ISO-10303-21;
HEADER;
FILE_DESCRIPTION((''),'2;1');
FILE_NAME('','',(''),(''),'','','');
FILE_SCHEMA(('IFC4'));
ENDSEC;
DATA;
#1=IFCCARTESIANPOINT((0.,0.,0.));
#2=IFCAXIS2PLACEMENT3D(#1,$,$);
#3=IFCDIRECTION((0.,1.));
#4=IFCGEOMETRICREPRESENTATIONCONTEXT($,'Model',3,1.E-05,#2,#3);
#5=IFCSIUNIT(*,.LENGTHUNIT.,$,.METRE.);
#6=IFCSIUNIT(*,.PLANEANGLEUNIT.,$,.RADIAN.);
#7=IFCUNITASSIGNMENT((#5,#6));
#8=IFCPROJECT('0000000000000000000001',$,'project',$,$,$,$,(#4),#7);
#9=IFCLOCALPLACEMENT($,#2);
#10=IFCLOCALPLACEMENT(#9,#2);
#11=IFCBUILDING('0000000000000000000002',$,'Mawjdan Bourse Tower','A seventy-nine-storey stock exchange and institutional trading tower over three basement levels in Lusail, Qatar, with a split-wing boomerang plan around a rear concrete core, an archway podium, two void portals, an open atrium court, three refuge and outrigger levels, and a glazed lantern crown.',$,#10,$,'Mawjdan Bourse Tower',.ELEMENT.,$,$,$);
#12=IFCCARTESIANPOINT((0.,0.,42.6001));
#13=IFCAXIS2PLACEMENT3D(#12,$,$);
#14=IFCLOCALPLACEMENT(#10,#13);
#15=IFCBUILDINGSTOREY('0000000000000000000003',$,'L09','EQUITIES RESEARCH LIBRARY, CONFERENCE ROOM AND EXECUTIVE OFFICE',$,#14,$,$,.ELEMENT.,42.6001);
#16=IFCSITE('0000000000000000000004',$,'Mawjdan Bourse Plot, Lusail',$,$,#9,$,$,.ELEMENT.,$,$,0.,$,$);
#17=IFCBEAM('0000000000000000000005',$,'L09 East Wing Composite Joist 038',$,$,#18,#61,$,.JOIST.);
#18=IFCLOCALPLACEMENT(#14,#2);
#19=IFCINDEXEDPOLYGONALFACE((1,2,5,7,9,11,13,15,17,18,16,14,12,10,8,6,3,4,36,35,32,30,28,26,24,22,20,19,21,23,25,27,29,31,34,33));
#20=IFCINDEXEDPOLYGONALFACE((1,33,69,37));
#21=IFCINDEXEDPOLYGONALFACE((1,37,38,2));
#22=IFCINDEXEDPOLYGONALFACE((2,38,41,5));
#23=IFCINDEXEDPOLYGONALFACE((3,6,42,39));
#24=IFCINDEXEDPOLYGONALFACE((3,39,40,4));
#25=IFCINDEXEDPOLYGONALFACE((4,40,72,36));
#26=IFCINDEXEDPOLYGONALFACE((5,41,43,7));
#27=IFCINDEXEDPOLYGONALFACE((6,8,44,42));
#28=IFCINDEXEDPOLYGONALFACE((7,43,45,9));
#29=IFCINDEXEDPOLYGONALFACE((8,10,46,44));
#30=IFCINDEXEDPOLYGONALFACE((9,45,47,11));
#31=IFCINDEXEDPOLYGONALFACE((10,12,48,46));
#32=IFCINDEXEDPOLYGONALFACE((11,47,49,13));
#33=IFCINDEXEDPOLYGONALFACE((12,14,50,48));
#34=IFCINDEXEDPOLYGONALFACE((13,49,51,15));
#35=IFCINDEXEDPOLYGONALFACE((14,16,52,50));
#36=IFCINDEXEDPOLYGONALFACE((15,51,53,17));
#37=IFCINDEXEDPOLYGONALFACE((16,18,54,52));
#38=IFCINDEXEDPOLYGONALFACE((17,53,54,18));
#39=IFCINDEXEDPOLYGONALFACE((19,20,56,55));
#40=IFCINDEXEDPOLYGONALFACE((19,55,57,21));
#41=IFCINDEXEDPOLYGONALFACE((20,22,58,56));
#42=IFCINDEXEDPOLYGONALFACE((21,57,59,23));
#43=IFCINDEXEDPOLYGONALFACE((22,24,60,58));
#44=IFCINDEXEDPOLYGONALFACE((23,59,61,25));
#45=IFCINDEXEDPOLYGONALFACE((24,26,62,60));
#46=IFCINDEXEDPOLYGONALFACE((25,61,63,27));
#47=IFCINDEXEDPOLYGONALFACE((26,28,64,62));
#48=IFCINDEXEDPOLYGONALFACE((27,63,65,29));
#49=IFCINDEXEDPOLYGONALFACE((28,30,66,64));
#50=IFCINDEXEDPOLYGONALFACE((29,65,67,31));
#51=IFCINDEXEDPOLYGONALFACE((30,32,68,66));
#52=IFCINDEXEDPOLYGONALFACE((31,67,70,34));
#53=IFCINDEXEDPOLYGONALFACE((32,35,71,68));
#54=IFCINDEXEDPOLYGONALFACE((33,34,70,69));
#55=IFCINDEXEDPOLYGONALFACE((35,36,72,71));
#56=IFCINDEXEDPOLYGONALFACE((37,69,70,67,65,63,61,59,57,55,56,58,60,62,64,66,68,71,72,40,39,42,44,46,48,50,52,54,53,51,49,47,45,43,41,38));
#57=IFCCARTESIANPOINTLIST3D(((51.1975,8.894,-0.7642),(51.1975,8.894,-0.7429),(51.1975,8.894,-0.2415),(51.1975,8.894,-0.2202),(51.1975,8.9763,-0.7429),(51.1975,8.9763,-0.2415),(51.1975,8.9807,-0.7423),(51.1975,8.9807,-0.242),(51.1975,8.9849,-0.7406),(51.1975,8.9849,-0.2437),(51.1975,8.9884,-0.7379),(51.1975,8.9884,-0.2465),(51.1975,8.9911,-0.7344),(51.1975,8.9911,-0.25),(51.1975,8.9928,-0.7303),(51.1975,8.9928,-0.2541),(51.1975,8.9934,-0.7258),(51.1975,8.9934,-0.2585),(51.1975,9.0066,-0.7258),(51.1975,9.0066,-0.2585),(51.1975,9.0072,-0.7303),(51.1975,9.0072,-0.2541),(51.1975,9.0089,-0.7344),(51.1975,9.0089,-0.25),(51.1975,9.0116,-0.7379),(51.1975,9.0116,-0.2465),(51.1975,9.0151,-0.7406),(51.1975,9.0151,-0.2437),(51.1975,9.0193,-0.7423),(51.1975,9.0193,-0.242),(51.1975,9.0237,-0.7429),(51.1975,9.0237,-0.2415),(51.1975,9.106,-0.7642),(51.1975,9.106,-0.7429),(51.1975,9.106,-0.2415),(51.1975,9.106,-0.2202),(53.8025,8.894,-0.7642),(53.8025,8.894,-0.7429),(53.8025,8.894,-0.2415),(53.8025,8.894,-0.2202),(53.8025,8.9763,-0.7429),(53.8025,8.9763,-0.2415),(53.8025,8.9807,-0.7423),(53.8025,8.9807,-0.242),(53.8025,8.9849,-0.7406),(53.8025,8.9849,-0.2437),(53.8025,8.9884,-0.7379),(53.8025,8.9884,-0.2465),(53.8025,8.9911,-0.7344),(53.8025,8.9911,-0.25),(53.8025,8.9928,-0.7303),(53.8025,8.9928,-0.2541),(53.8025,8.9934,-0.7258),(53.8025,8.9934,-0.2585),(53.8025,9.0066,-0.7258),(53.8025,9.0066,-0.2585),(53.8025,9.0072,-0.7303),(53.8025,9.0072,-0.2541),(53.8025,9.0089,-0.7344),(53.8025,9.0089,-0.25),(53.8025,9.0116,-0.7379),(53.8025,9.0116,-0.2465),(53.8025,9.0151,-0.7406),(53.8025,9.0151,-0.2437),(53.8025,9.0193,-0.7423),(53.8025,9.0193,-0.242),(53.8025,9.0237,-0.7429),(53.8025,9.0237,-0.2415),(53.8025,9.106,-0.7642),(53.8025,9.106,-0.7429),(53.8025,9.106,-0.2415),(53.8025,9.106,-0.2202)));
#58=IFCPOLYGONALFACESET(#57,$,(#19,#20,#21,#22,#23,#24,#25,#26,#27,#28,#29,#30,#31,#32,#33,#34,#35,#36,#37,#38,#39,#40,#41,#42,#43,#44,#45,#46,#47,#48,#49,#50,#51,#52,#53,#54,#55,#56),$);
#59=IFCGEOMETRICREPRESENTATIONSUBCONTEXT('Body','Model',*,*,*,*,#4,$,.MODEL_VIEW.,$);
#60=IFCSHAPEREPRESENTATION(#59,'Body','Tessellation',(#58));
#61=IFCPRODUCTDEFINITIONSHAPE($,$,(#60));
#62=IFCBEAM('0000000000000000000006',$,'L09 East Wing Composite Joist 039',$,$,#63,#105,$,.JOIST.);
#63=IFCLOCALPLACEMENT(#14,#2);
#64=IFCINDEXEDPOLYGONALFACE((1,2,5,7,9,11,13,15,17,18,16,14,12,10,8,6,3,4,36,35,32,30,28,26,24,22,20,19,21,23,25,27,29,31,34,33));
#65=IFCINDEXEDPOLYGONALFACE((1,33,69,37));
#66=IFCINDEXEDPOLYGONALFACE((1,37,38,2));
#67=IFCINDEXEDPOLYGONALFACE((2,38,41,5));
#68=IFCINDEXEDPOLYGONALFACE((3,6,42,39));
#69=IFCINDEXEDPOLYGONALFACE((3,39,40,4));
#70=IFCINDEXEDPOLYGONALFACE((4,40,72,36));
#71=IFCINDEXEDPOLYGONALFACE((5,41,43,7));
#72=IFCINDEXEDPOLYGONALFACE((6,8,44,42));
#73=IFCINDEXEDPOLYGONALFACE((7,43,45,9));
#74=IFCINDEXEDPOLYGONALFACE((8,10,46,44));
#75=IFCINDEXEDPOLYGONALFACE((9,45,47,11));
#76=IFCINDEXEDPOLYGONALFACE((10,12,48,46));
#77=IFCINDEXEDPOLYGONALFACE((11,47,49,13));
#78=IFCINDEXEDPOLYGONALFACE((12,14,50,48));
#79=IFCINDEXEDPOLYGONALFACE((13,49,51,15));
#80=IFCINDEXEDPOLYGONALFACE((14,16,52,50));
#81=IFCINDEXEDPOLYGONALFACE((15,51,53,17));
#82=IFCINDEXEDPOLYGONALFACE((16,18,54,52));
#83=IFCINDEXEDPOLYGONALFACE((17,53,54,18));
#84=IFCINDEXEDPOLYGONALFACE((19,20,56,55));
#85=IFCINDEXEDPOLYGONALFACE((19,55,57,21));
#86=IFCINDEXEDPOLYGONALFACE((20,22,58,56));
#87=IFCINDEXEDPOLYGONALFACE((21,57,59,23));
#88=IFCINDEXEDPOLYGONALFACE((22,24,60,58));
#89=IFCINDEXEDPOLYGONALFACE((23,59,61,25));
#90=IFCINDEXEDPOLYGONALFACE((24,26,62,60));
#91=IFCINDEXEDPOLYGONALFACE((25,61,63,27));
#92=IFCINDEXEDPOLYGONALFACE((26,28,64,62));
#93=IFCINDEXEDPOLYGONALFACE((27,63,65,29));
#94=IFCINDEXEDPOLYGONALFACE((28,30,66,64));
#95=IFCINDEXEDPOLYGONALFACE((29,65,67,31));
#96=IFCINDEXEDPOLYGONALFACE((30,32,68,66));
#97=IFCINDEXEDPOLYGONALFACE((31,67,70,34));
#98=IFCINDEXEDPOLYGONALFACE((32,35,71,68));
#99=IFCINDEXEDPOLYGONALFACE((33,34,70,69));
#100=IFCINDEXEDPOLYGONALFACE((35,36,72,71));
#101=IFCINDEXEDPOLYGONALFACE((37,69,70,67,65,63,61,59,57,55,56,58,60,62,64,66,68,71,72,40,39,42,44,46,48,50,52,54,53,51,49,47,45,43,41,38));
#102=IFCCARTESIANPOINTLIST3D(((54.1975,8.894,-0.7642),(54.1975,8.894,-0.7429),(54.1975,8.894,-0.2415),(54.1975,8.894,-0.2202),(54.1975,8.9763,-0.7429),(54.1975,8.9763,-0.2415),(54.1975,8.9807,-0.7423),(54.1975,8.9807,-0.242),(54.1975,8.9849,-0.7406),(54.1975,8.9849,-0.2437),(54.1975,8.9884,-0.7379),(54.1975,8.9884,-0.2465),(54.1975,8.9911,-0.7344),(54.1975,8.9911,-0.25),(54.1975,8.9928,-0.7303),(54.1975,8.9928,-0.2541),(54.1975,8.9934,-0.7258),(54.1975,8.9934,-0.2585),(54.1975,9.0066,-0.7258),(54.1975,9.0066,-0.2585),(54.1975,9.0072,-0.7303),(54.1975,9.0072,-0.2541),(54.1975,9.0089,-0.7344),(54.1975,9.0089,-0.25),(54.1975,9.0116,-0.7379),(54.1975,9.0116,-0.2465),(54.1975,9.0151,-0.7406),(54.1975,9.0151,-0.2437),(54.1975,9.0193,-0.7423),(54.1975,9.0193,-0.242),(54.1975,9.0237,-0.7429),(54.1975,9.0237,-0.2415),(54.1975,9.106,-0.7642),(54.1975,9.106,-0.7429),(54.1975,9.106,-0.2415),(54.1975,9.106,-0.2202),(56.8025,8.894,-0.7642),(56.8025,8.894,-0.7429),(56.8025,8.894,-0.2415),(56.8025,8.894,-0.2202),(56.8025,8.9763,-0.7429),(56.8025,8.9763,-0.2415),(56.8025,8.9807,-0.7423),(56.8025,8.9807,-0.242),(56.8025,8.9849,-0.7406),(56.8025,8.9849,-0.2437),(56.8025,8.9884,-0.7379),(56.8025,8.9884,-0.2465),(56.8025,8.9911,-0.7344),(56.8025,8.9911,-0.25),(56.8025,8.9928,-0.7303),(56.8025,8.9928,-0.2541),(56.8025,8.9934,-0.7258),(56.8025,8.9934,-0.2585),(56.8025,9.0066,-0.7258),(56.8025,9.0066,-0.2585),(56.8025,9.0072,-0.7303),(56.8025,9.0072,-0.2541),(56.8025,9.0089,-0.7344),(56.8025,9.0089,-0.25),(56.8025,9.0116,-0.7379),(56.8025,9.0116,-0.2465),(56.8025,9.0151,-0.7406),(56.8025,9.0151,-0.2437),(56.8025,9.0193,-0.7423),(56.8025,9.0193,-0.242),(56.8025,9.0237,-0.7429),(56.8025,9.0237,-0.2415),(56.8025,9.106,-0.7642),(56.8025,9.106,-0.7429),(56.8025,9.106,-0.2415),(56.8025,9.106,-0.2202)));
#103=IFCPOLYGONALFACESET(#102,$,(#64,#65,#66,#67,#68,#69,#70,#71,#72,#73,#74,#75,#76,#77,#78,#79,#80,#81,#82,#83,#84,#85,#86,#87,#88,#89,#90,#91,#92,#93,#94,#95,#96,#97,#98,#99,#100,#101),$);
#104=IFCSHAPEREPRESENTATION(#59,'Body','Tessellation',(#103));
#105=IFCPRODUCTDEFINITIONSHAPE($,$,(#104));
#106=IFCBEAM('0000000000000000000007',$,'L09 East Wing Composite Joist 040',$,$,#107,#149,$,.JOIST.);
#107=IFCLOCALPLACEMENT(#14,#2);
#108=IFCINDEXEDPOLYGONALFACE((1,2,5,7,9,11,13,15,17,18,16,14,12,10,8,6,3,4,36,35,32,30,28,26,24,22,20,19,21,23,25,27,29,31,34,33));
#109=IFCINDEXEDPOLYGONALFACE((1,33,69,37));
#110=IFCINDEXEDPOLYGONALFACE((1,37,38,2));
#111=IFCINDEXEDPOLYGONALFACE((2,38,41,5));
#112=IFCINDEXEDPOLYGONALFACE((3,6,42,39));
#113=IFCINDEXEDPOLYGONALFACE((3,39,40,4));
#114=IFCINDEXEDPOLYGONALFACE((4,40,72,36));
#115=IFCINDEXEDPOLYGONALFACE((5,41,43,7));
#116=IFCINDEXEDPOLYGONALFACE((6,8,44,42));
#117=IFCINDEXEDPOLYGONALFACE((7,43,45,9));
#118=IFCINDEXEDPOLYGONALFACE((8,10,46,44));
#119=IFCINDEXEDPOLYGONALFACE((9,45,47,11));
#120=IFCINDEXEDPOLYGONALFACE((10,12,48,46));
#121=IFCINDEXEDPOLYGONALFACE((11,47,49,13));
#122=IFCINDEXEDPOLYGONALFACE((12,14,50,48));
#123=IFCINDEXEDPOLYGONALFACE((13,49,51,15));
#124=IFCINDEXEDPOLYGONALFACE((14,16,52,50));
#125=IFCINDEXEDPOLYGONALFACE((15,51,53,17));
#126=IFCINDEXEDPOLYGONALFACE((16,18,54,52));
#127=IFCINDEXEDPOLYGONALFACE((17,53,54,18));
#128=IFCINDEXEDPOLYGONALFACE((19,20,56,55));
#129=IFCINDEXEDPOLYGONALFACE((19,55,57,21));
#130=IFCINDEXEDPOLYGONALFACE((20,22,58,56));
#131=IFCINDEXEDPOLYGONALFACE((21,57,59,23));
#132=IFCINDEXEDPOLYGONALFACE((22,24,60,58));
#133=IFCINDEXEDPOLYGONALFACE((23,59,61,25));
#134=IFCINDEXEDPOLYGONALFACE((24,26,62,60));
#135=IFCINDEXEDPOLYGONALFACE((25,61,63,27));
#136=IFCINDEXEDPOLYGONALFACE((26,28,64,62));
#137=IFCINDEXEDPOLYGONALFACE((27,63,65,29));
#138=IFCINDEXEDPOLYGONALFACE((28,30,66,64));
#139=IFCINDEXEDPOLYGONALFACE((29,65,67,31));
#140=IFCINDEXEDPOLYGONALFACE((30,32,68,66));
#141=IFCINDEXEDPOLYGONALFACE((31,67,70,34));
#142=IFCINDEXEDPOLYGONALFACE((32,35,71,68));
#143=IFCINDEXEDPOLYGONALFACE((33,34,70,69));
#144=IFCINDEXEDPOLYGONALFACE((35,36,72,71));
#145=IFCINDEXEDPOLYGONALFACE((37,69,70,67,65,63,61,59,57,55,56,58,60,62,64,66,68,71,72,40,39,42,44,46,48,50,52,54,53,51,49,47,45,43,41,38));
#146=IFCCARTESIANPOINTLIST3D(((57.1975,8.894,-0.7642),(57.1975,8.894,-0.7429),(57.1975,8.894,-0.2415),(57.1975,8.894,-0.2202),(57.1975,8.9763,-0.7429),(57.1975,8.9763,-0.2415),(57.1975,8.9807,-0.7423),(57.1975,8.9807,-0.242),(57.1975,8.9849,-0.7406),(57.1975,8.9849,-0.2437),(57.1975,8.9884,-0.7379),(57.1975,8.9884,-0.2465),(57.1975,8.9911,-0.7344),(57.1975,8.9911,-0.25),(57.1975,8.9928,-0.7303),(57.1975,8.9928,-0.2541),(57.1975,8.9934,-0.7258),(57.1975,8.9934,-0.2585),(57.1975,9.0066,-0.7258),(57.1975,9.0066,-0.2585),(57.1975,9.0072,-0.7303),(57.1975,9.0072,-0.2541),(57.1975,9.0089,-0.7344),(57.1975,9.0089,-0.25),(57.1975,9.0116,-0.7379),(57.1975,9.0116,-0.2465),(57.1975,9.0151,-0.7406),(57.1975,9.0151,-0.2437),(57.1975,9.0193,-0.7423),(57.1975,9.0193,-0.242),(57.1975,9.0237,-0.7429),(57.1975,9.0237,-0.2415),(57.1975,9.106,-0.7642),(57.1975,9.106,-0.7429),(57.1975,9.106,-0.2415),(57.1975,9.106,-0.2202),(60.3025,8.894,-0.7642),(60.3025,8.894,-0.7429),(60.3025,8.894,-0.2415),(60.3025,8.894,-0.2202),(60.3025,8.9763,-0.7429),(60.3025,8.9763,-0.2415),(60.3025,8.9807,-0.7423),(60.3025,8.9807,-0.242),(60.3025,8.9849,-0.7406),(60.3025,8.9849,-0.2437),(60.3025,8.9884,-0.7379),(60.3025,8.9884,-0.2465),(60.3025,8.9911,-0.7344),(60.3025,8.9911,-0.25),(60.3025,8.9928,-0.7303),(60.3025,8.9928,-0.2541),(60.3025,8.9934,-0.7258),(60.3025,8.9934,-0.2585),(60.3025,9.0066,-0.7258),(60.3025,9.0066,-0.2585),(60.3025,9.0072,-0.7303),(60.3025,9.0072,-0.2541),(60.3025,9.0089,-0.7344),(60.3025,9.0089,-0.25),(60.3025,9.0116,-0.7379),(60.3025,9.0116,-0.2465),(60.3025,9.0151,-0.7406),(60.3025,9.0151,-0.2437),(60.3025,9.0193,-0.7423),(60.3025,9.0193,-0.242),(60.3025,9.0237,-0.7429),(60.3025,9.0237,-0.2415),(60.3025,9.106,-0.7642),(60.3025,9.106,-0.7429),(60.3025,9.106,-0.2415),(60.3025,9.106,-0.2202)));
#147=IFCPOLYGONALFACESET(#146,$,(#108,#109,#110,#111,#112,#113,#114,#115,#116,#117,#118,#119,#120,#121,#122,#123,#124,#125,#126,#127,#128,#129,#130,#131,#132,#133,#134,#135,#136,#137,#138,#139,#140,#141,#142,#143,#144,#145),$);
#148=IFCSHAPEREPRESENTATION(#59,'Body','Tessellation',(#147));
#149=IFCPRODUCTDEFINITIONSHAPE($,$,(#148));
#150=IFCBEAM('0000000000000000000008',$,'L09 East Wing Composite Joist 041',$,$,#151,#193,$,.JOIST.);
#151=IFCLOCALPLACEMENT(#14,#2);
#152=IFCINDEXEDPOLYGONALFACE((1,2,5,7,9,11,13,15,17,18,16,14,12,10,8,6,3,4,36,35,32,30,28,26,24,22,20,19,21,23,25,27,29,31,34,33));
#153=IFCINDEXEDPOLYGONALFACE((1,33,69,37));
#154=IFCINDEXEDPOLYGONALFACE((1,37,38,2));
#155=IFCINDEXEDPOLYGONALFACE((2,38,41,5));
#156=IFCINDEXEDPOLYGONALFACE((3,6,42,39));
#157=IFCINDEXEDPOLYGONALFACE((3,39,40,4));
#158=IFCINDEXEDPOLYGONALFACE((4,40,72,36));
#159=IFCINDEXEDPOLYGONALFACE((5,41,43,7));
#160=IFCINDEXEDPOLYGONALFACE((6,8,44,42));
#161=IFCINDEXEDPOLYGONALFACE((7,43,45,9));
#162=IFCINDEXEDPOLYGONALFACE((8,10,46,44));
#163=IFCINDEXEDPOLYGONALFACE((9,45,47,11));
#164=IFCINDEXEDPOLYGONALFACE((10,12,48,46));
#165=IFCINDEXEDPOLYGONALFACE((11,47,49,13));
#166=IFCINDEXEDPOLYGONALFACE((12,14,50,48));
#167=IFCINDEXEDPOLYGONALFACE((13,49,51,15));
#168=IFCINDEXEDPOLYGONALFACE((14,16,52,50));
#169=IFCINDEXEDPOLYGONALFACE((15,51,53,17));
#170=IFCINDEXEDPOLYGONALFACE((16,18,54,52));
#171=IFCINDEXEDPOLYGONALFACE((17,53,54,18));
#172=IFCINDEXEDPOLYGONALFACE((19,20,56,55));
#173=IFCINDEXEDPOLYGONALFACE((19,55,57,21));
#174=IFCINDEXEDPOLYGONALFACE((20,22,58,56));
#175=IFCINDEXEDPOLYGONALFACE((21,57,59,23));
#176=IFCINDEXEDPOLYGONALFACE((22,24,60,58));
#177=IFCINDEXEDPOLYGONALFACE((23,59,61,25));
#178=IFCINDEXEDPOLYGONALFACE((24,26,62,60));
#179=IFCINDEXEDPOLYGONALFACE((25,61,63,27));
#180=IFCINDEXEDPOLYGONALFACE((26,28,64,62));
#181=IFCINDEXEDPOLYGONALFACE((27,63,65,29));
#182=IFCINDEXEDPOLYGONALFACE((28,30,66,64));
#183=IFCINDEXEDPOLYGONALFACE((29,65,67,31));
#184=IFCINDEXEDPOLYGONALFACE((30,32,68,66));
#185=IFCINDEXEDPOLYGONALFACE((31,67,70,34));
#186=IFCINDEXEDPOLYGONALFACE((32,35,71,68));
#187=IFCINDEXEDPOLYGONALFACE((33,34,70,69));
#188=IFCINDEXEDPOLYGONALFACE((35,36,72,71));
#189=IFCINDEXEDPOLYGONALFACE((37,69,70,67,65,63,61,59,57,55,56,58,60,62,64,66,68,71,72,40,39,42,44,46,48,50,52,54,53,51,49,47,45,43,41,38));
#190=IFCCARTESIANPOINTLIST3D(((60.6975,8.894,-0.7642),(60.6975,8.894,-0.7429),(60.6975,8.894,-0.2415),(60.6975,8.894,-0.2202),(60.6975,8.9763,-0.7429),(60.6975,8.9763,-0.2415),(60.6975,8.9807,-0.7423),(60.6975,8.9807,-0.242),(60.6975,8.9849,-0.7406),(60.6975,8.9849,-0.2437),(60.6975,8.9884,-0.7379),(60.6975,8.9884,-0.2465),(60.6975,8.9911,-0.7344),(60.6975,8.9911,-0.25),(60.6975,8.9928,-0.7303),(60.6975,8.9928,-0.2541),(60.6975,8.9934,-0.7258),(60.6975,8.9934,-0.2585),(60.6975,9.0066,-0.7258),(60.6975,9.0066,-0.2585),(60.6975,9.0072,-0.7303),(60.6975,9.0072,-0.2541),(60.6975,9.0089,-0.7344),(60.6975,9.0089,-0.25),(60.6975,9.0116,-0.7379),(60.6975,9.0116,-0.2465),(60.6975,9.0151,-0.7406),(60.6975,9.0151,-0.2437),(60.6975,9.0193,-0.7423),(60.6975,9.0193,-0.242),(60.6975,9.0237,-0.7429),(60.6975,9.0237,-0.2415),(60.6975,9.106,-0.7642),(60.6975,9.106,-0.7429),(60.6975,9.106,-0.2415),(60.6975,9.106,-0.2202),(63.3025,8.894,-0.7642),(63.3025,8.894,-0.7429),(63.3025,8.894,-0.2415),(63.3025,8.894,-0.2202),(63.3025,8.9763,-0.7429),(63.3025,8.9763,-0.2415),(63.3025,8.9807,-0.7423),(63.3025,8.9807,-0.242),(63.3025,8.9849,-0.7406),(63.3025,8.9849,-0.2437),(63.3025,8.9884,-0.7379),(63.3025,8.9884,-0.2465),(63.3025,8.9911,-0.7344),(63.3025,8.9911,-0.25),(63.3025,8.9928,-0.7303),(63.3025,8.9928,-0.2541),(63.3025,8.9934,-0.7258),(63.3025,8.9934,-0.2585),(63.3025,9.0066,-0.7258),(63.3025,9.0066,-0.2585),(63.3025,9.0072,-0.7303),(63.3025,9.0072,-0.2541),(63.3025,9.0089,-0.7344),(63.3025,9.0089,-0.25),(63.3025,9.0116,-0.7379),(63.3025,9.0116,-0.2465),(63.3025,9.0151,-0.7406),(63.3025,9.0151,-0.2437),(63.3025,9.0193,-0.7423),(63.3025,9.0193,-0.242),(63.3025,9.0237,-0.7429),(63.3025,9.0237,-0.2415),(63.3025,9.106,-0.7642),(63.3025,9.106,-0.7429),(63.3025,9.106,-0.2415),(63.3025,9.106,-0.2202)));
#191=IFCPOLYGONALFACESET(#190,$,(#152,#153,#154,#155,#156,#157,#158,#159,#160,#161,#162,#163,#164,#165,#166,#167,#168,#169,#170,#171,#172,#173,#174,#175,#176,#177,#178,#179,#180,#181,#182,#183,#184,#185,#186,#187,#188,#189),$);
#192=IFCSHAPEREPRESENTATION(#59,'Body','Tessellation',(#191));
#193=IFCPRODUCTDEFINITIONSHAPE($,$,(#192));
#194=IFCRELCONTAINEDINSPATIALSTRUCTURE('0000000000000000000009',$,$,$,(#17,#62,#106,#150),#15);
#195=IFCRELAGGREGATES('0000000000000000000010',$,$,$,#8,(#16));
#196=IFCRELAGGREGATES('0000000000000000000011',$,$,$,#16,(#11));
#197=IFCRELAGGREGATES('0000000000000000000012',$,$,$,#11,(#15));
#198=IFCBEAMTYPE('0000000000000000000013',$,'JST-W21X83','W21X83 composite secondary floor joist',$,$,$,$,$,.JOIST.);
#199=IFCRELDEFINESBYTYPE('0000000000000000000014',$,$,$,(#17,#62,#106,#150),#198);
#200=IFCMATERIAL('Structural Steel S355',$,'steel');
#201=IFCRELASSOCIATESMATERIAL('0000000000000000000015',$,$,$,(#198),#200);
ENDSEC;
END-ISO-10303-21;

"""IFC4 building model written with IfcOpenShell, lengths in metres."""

from ifc_helpers import new_model, si_unit, direction, frame, origin, origin_2d, place, context, subcontext, project, spatial, i_section, extrude, material, material_profile, profile_set, type_object, element, save


model = new_model("IFC4")

# Units and contexts
model_context = context("Model", 3, precision=1e-05, world=origin(), true_north=direction((0.0, 1.0)))
body_context = subcontext(model_context, "Body", "Model", "MODEL_VIEW")
ifc_project = project(units=[si_unit("LENGTHUNIT", "METRE"), si_unit("PLANEANGLEUNIT", "RADIAN")], contexts=[model_context])

# Site, building, storey
site_placement = place(None, origin())
site = spatial("IfcSite", under=ifc_project, at=site_placement, Name="Mawjdan Bourse Plot, Lusail", CompositionType="ELEMENT", RefElevation=0.0)
building_placement = place(site_placement, origin())
building = spatial("IfcBuilding", under=site, at=building_placement, Name="Mawjdan Bourse Tower", Description="A seventy-nine-storey stock exchange and institutional trading tower over three basement levels in Lusail, Qatar, with a split-wing boomerang plan around a rear concrete core, an archway podium, two void portals, an open atrium court, three refuge and outrigger levels, and a glazed lantern crown.", LongName="Mawjdan Bourse Tower", CompositionType="ELEMENT")
storey_placement = place(building_placement, frame((0.0, 0.0, 42.6001)))
storey = spatial("IfcBuildingStorey", under=building, at=storey_placement, Name="L09", Description="EQUITIES RESEARCH LIBRARY, CONFERENCE ROOM AND EXECUTIVE OFFICE", CompositionType="ELEMENT", Elevation=42.6001)

# Beams
ifc_material_1 = material(Name="Structural Steel S355", Category="steel")
ifc_material_profile_1 = material_profile(ifc_material_1, i_section(OverallWidth=0.2119, OverallDepth=0.5439, WebThickness=0.0132, FlangeThickness=0.0212, FilletRadius=0.0171, at=origin_2d()), Name="W21X83")
ifc_profile_set_1 = profile_set([ifc_material_profile_1], Name="Structural Steel S355")
beam_type_1 = type_object("IfcBeamType", Name="JST-W21X83", Description="W21X83 composite secondary floor joist", PredefinedType="JOIST", material=ifc_profile_set_1)
for number, where, z_axis, x_axis, name in (
    (1, (51.1975, 9.0, -0.4922), (1.0, 0.0, 0.0), (0.0, 1.0, 0.0), "L09 East Wing Composite Joist 038"),
    (2, (54.1975, 9.0, -0.4922), (1.0, 0.0, 0.0), (0.0, 1.0, 0.0), "L09 East Wing Composite Joist 039"),
):
    element("IfcBeam", number, at=place(storey_placement, frame(where, z_axis=z_axis, x_axis=x_axis)), inside=storey, type_object=beam_type_1, Name=name, PredefinedType="JOIST", context=body_context, shape_type="SweptSolid", body=[
        extrude(i_section(OverallWidth=0.2119, OverallDepth=0.5439, WebThickness=0.0132, FlangeThickness=0.0212, FilletRadius=0.0171, at=origin_2d()), origin(), (0.0, 0.0, 1.0), 2.605),
    ])
beam_1_placement = place(storey_placement, frame((57.1975, 9.0, -0.4922), z_axis=(1.0, 0.0, 0.0), x_axis=(0.0, 1.0, 0.0)))
element("IfcBeam", 3, at=beam_1_placement, inside=storey, type_object=beam_type_1, Name="L09 East Wing Composite Joist 040", PredefinedType="JOIST", context=body_context, shape_type="SweptSolid", body=[
    extrude(i_section(OverallWidth=0.2119, OverallDepth=0.5439, WebThickness=0.0132, FlangeThickness=0.0212, FilletRadius=0.0171, at=origin_2d()), origin(), (0.0, 0.0, 1.0), 3.105),
])
for number, where, z_axis, x_axis, name in (
    (4, (60.6975, 9.0, -0.4922), (1.0, 0.0, 0.0), (0.0, 1.0, 0.0), "L09 East Wing Composite Joist 041"),
):
    element("IfcBeam", number, at=place(storey_placement, frame(where, z_axis=z_axis, x_axis=x_axis)), inside=storey, type_object=beam_type_1, Name=name, PredefinedType="JOIST", context=body_context, shape_type="SweptSolid", body=[
        extrude(i_section(OverallWidth=0.2119, OverallDepth=0.5439, WebThickness=0.0132, FlangeThickness=0.0212, FilletRadius=0.0171, at=origin_2d()), origin(), (0.0, 0.0, 1.0), 2.605),
    ])

save(model, "model.ifc")
